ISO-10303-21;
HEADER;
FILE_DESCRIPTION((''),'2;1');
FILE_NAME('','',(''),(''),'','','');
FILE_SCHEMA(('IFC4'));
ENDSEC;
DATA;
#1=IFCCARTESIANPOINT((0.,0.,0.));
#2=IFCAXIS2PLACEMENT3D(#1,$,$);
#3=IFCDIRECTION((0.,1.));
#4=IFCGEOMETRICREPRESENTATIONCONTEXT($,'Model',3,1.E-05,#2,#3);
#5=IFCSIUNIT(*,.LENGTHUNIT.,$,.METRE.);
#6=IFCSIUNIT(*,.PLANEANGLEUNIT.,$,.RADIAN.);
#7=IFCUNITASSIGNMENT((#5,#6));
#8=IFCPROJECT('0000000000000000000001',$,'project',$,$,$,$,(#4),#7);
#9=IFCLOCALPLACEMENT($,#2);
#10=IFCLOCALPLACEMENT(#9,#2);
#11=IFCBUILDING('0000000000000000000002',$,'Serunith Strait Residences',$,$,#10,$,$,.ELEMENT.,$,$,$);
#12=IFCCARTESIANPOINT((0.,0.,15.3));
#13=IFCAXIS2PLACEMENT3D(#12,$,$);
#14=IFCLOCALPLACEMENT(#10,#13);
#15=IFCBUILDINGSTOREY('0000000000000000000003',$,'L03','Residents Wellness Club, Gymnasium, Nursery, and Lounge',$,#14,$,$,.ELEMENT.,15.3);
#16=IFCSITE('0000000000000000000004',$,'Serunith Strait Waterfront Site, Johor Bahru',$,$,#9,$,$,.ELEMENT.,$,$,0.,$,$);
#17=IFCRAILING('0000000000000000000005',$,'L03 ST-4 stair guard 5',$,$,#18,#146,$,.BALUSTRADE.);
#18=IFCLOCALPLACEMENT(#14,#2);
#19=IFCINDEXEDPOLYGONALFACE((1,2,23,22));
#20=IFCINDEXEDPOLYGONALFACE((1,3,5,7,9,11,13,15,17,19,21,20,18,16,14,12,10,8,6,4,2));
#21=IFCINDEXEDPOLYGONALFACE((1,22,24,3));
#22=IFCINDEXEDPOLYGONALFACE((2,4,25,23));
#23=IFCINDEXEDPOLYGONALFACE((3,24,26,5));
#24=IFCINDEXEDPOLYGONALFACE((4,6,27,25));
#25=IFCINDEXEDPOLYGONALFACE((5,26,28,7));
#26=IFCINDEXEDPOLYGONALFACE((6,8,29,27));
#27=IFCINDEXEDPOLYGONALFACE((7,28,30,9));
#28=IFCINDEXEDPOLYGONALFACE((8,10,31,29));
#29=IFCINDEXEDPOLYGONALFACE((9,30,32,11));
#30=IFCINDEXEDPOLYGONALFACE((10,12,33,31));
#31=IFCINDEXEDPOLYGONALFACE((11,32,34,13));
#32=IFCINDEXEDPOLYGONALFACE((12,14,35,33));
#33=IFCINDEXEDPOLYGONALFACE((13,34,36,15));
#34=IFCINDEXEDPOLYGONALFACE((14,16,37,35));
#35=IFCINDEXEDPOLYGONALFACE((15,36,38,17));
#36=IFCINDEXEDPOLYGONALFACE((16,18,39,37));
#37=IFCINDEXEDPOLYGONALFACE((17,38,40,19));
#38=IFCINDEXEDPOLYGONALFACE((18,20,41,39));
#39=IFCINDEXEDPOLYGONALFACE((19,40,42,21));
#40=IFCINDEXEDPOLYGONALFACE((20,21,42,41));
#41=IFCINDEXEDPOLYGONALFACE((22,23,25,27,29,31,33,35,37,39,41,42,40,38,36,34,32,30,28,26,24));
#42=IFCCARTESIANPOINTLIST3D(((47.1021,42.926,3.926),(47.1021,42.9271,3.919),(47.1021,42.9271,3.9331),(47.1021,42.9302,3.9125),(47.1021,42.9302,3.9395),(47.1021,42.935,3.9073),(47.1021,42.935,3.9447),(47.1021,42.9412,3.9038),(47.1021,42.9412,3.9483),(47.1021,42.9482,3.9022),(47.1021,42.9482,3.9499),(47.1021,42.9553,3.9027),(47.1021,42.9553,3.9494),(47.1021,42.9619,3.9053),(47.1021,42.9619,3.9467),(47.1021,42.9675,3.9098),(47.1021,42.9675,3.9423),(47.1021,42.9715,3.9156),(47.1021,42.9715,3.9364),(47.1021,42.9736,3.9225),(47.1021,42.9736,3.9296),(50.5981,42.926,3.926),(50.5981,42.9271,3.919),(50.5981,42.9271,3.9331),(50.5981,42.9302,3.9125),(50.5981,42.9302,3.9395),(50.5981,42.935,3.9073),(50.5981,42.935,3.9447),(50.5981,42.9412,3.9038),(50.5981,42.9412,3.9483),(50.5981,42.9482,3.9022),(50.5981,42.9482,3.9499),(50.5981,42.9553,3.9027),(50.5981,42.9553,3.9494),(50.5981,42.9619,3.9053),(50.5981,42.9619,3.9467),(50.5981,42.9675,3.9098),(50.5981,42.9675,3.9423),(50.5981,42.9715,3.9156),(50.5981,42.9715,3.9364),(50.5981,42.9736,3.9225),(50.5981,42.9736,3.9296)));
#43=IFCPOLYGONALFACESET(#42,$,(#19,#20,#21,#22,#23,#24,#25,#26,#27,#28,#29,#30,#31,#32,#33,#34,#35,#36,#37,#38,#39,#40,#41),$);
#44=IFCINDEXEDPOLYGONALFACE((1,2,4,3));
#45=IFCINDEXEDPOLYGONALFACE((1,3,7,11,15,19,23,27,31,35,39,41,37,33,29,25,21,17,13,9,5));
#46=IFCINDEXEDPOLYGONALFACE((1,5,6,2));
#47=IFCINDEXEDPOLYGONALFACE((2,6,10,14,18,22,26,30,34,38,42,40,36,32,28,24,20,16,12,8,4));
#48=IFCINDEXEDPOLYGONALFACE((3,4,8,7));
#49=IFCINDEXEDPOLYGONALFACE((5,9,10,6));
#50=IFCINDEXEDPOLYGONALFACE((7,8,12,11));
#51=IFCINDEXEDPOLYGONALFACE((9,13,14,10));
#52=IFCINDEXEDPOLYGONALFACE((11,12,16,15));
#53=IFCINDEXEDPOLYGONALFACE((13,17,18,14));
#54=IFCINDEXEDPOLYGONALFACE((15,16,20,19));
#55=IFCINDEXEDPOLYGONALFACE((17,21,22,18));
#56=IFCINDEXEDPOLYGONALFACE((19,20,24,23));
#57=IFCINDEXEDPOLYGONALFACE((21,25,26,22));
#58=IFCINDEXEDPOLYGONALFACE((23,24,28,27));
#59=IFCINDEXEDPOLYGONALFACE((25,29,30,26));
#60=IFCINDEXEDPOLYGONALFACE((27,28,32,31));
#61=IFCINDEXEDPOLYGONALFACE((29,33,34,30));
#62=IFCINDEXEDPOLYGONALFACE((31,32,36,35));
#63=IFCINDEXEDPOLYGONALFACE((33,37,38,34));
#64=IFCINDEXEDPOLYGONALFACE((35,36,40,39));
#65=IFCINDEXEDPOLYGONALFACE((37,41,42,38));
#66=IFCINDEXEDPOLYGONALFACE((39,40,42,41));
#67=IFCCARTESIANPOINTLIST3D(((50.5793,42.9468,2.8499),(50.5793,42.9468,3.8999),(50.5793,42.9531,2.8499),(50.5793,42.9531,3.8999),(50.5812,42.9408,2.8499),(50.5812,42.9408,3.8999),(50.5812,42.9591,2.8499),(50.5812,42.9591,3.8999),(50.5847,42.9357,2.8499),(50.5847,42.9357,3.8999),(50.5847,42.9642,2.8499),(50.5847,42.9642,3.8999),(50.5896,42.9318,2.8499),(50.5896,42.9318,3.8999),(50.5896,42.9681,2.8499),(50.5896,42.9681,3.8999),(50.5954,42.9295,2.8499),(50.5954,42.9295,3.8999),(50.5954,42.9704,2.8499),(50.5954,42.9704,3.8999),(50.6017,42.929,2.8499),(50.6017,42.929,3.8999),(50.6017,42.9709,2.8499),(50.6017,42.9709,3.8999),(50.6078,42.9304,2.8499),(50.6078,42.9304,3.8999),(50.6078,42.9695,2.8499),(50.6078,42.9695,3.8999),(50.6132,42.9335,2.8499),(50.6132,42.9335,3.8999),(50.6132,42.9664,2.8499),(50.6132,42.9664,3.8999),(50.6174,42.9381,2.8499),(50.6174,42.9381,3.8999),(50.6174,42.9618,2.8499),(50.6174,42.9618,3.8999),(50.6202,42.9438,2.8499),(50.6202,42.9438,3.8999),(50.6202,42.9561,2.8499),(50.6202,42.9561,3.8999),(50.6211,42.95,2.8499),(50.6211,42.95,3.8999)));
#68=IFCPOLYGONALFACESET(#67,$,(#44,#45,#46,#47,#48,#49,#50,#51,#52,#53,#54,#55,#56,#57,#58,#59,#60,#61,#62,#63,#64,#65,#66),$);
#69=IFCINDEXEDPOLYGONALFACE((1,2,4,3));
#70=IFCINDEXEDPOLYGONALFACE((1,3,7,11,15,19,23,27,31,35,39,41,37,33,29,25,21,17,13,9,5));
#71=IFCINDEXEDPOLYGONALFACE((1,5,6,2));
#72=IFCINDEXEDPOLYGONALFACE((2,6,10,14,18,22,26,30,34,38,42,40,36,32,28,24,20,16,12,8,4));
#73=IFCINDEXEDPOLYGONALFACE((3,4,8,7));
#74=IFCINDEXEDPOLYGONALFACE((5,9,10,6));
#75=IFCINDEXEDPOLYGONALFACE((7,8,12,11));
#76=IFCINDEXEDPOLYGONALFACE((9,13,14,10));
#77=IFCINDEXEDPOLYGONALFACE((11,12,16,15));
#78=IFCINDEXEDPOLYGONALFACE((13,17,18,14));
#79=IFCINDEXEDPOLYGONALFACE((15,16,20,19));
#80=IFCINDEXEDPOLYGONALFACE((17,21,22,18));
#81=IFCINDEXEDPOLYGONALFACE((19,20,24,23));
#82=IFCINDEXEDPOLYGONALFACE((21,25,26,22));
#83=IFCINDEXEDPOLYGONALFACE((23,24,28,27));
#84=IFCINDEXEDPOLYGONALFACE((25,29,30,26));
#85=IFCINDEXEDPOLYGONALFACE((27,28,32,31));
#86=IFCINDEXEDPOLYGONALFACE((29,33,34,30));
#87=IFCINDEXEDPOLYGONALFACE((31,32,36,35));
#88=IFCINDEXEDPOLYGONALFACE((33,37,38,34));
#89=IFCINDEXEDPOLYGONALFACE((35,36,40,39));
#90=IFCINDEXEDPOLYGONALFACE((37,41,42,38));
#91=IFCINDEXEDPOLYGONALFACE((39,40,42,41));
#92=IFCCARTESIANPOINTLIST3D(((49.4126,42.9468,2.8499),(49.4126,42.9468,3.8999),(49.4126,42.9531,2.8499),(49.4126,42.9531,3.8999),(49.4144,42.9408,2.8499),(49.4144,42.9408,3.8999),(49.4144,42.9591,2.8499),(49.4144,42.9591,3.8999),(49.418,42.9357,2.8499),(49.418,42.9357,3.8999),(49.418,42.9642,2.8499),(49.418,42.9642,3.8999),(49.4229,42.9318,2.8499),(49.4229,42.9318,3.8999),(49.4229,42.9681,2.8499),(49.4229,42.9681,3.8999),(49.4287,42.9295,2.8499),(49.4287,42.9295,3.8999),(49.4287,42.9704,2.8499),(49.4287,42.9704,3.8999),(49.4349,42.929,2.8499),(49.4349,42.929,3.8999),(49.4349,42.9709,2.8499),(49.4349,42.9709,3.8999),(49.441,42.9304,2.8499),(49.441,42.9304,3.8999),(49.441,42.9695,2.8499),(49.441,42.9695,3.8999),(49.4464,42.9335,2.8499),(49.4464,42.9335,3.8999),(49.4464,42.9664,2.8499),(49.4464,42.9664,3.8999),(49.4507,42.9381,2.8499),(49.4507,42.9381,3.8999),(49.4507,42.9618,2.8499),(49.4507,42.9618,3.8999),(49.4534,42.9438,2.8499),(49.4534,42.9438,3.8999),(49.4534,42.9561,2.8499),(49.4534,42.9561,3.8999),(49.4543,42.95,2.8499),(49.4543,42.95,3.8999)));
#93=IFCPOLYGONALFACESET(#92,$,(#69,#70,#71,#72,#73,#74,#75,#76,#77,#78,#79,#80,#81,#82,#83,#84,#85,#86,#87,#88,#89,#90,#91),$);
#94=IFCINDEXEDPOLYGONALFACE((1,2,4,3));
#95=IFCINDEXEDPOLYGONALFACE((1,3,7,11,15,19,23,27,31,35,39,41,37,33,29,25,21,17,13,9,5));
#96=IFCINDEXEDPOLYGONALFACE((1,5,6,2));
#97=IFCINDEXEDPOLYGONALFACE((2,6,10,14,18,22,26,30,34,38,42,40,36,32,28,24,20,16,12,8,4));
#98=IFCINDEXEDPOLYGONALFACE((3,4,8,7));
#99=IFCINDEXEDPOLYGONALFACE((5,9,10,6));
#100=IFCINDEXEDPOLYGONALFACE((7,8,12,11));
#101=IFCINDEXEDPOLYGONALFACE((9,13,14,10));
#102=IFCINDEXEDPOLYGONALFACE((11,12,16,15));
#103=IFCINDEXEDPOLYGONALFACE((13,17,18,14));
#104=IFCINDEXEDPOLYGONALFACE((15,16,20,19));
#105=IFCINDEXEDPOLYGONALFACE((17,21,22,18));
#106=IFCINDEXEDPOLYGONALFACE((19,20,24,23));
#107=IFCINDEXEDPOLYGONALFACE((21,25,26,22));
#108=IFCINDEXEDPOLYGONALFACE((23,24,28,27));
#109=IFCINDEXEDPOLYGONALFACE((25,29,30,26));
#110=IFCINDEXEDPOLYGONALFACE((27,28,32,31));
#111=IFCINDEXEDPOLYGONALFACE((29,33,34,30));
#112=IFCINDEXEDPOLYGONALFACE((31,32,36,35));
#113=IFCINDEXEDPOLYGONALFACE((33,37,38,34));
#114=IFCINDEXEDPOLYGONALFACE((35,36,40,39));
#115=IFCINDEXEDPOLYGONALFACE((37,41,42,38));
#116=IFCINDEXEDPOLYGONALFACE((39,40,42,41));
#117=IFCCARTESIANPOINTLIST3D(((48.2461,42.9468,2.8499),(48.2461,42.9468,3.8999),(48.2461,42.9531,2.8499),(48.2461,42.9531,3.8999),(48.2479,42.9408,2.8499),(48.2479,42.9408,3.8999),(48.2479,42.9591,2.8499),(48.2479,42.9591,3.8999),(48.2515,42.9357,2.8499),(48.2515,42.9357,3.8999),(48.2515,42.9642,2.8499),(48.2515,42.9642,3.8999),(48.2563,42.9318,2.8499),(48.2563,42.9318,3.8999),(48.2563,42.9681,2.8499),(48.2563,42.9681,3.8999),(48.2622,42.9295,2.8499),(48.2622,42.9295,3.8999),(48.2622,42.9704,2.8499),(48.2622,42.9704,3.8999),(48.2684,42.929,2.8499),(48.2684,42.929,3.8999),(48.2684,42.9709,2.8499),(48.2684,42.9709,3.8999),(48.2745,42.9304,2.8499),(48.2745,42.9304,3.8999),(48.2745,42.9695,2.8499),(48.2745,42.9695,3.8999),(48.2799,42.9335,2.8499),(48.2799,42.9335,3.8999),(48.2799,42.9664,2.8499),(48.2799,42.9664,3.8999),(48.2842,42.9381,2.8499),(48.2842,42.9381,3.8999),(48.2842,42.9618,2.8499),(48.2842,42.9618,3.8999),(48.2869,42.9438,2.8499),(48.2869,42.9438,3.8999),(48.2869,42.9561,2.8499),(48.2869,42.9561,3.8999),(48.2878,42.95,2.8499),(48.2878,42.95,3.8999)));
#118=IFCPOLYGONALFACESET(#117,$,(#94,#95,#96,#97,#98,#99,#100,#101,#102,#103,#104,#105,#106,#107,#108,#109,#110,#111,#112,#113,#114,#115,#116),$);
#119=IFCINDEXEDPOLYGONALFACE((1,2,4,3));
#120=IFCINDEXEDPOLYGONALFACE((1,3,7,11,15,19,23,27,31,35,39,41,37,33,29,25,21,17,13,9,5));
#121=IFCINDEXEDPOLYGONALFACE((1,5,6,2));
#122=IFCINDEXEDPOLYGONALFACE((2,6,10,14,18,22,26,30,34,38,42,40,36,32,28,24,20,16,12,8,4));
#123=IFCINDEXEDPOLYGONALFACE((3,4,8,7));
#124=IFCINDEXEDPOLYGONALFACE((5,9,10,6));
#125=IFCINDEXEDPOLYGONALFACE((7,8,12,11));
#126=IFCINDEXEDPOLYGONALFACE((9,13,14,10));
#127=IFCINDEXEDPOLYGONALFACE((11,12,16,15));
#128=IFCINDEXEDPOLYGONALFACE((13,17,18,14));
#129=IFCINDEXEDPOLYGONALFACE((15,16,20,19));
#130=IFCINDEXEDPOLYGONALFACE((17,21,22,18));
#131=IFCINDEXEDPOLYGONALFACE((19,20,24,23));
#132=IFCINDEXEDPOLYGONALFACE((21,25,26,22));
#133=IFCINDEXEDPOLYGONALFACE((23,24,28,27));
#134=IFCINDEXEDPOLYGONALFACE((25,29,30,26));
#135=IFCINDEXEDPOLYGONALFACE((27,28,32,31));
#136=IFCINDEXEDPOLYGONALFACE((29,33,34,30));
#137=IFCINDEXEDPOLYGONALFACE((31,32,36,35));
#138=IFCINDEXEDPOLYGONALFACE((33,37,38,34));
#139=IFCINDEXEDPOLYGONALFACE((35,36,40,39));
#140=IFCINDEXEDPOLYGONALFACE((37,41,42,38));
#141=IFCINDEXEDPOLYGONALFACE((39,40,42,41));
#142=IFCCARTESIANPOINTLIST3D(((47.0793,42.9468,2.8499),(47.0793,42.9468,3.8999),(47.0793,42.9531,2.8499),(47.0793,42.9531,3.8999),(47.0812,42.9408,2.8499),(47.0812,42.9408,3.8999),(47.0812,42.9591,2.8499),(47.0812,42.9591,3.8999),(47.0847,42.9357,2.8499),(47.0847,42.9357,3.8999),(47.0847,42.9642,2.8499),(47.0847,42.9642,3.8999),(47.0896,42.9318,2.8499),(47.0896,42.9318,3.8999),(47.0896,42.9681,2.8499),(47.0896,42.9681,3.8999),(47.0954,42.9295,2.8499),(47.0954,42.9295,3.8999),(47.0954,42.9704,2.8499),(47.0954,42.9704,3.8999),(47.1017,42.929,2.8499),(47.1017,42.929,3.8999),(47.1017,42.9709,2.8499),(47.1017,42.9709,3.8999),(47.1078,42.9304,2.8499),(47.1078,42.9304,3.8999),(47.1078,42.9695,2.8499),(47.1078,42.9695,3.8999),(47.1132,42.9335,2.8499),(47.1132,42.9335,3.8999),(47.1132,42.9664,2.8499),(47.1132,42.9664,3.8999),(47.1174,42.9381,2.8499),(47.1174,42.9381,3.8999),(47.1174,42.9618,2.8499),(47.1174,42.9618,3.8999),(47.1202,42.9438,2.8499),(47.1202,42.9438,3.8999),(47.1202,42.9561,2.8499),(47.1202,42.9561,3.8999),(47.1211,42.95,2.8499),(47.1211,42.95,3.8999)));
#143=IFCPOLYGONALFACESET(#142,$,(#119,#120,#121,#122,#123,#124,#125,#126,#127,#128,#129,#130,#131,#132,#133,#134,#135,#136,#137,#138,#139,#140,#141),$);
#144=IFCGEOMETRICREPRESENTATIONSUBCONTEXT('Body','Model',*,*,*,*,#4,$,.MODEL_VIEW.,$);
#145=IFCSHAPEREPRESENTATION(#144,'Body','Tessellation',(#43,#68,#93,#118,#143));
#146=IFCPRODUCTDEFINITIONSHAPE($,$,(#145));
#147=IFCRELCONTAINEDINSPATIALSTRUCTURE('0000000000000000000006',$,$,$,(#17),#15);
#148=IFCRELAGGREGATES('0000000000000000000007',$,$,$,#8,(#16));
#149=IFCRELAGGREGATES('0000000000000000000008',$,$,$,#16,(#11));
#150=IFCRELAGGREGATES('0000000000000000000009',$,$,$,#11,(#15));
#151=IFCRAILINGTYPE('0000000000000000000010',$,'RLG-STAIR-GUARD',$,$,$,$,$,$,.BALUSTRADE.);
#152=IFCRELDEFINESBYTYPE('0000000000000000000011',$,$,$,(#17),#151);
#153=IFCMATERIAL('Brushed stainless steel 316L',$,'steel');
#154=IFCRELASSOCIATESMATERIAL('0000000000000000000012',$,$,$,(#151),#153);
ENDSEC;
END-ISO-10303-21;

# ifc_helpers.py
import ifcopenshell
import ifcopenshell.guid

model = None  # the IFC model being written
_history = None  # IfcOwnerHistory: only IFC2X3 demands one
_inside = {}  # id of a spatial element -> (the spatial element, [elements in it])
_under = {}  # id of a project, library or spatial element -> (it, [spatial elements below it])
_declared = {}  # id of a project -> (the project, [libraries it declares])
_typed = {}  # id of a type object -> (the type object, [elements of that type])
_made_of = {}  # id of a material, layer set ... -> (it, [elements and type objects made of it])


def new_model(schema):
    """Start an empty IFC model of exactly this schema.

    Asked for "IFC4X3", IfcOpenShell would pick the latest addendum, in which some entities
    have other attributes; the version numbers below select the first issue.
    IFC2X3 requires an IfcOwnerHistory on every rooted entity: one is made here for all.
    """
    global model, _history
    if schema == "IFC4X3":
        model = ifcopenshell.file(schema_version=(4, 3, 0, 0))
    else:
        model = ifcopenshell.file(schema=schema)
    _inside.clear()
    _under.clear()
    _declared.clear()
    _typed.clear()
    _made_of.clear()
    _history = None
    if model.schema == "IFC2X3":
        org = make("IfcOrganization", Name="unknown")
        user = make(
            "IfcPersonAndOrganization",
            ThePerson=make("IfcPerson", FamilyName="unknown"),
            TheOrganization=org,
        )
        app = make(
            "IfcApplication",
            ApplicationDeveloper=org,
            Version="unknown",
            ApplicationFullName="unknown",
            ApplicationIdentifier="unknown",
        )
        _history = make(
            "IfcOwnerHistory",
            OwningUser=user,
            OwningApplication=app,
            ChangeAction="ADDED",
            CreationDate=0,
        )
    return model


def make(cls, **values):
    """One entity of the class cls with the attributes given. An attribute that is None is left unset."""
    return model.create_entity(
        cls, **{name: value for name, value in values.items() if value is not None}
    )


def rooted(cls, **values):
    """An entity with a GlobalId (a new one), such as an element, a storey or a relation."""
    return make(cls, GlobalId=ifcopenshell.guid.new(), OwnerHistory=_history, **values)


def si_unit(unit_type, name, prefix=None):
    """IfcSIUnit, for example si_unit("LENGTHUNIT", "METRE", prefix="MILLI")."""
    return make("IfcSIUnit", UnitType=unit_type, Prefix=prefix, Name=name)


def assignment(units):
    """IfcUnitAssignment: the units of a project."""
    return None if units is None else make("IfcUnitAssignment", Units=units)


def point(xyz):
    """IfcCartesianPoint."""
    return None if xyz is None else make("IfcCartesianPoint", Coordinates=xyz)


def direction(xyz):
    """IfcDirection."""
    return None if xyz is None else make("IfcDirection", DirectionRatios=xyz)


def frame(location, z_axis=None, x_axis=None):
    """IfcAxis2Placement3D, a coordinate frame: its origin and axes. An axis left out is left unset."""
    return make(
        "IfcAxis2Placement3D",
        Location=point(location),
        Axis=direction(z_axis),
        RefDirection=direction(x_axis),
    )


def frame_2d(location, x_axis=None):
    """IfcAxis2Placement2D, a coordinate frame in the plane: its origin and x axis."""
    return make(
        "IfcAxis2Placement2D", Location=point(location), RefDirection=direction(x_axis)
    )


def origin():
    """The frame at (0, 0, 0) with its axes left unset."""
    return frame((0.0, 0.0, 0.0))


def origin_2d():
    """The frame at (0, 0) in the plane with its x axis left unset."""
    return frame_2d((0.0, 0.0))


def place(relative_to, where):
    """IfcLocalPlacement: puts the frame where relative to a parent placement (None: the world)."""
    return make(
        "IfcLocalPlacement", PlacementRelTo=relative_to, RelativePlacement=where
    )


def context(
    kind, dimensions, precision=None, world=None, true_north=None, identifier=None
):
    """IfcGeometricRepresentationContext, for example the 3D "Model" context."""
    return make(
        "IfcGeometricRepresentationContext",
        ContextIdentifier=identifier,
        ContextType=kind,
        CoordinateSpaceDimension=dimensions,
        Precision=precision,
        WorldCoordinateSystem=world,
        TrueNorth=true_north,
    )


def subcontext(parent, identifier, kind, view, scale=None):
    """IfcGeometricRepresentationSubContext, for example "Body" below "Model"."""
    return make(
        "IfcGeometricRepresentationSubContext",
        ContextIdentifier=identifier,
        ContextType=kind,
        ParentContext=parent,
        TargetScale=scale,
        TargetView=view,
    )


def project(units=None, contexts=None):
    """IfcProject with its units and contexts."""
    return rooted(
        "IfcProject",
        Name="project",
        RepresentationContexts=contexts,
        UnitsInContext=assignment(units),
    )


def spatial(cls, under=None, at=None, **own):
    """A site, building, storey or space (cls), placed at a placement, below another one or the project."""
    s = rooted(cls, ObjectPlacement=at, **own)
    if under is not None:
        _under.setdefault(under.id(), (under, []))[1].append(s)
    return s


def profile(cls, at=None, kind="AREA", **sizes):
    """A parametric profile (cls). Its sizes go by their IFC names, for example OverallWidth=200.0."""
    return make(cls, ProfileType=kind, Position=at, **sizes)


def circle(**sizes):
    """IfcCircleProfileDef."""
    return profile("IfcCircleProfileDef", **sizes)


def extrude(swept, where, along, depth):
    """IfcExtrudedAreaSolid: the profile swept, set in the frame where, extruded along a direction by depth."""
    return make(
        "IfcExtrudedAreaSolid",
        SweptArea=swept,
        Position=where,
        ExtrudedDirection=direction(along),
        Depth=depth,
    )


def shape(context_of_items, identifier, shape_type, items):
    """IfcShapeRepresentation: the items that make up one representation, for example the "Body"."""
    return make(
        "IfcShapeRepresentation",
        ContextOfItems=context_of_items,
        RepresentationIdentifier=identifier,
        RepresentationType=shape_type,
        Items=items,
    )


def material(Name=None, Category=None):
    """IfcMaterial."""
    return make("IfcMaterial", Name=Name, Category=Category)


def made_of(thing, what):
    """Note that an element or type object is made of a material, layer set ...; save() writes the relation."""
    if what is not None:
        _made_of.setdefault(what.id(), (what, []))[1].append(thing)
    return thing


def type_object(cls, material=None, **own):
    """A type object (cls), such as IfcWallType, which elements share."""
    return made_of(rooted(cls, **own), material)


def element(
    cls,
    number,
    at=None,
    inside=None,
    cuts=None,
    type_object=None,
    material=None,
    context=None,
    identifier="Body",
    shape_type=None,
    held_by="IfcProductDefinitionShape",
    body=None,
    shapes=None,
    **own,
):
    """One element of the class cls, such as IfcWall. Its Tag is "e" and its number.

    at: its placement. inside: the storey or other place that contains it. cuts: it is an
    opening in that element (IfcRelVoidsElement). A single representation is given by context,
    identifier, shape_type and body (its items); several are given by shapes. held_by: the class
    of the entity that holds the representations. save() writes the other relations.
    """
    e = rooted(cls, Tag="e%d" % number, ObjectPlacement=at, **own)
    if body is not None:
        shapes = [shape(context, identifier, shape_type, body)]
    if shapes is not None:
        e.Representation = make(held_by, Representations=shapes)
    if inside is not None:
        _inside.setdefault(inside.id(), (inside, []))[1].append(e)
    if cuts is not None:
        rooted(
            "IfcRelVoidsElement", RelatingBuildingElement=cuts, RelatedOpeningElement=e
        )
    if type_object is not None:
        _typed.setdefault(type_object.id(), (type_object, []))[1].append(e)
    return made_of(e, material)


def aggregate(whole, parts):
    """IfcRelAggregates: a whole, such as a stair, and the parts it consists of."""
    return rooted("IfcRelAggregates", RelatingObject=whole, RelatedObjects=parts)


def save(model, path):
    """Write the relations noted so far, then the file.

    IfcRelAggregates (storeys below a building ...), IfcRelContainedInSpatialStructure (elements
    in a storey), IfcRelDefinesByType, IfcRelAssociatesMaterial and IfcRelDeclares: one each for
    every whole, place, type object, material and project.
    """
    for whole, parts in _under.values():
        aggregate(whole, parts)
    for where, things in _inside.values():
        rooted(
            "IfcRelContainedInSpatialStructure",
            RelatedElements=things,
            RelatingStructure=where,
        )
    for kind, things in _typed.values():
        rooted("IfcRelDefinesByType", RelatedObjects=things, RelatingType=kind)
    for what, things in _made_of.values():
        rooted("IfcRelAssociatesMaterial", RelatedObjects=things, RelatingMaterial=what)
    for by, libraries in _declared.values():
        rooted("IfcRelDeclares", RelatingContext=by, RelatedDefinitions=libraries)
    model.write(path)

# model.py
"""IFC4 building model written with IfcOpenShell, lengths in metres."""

from ifc_helpers import new_model, si_unit, direction, frame, origin, origin_2d, place, context, subcontext, project, spatial, circle, extrude, material, type_object, element, save


model = new_model("IFC4")

# Units and contexts
model_context = context("Model", 3, precision=1e-05, world=origin(), true_north=direction((0.0, 1.0)))
body_context = subcontext(model_context, "Body", "Model", "MODEL_VIEW")
ifc_project = project(units=[si_unit("LENGTHUNIT", "METRE"), si_unit("PLANEANGLEUNIT", "RADIAN")], contexts=[model_context])

# Site, building, storey
site_placement = place(None, origin())
site = spatial("IfcSite", under=ifc_project, at=site_placement, Name="Serunith Strait Waterfront Site, Johor Bahru", CompositionType="ELEMENT", RefElevation=0.0)
building_placement = place(site_placement, origin())
building = spatial("IfcBuilding", under=site, at=building_placement, Name="Serunith Strait Residences", CompositionType="ELEMENT")
storey_placement = place(building_placement, frame((0.0, 0.0, 15.3)))
storey = spatial("IfcBuildingStorey", under=building, at=storey_placement, Name="L03", Description="Residents Wellness Club, Gymnasium, Nursery, and Lounge", CompositionType="ELEMENT", Elevation=15.3)

# Railing
ifc_material_1 = material(Name="Brushed stainless steel 316L", Category="steel")
railing_type_1 = type_object("IfcRailingType", Name="RLG-STAIR-GUARD", PredefinedType="BALUSTRADE", material=ifc_material_1)
railing_1_placement = place(storey_placement, frame((50.6001, 42.95, 2.8499)))
element("IfcRailing", 1, at=railing_1_placement, inside=storey, type_object=railing_type_1, Name="L03 ST-4 stair guard 5", PredefinedType="BALUSTRADE", context=body_context, shape_type="SweptSolid", body=[
    extrude(circle(Radius=0.0239, at=origin_2d()), frame((-0.002, 0.0, 1.0762), z_axis=(-1.0, 0.0, 0.0), x_axis=(0.0, -1.0, 0.0)), (0.0, 0.0, 1.0), 3.4961),
    extrude(circle(Radius=0.021, at=origin_2d()), origin(), (0.0, 0.0, 1.0), 1.05),
    extrude(circle(Radius=0.021, at=origin_2d()), frame((-1.1667, 0.0, 0.0)), (0.0, 0.0, 1.0), 1.05),
    extrude(circle(Radius=0.021, at=origin_2d()), frame((-2.3333, 0.0, 0.0)), (0.0, 0.0, 1.0), 1.05),
    extrude(circle(Radius=0.021, at=origin_2d()), frame((-3.5, 0.0, 0.0)), (0.0, 0.0, 1.0), 1.05),
])

save(model, "model.ifc")
